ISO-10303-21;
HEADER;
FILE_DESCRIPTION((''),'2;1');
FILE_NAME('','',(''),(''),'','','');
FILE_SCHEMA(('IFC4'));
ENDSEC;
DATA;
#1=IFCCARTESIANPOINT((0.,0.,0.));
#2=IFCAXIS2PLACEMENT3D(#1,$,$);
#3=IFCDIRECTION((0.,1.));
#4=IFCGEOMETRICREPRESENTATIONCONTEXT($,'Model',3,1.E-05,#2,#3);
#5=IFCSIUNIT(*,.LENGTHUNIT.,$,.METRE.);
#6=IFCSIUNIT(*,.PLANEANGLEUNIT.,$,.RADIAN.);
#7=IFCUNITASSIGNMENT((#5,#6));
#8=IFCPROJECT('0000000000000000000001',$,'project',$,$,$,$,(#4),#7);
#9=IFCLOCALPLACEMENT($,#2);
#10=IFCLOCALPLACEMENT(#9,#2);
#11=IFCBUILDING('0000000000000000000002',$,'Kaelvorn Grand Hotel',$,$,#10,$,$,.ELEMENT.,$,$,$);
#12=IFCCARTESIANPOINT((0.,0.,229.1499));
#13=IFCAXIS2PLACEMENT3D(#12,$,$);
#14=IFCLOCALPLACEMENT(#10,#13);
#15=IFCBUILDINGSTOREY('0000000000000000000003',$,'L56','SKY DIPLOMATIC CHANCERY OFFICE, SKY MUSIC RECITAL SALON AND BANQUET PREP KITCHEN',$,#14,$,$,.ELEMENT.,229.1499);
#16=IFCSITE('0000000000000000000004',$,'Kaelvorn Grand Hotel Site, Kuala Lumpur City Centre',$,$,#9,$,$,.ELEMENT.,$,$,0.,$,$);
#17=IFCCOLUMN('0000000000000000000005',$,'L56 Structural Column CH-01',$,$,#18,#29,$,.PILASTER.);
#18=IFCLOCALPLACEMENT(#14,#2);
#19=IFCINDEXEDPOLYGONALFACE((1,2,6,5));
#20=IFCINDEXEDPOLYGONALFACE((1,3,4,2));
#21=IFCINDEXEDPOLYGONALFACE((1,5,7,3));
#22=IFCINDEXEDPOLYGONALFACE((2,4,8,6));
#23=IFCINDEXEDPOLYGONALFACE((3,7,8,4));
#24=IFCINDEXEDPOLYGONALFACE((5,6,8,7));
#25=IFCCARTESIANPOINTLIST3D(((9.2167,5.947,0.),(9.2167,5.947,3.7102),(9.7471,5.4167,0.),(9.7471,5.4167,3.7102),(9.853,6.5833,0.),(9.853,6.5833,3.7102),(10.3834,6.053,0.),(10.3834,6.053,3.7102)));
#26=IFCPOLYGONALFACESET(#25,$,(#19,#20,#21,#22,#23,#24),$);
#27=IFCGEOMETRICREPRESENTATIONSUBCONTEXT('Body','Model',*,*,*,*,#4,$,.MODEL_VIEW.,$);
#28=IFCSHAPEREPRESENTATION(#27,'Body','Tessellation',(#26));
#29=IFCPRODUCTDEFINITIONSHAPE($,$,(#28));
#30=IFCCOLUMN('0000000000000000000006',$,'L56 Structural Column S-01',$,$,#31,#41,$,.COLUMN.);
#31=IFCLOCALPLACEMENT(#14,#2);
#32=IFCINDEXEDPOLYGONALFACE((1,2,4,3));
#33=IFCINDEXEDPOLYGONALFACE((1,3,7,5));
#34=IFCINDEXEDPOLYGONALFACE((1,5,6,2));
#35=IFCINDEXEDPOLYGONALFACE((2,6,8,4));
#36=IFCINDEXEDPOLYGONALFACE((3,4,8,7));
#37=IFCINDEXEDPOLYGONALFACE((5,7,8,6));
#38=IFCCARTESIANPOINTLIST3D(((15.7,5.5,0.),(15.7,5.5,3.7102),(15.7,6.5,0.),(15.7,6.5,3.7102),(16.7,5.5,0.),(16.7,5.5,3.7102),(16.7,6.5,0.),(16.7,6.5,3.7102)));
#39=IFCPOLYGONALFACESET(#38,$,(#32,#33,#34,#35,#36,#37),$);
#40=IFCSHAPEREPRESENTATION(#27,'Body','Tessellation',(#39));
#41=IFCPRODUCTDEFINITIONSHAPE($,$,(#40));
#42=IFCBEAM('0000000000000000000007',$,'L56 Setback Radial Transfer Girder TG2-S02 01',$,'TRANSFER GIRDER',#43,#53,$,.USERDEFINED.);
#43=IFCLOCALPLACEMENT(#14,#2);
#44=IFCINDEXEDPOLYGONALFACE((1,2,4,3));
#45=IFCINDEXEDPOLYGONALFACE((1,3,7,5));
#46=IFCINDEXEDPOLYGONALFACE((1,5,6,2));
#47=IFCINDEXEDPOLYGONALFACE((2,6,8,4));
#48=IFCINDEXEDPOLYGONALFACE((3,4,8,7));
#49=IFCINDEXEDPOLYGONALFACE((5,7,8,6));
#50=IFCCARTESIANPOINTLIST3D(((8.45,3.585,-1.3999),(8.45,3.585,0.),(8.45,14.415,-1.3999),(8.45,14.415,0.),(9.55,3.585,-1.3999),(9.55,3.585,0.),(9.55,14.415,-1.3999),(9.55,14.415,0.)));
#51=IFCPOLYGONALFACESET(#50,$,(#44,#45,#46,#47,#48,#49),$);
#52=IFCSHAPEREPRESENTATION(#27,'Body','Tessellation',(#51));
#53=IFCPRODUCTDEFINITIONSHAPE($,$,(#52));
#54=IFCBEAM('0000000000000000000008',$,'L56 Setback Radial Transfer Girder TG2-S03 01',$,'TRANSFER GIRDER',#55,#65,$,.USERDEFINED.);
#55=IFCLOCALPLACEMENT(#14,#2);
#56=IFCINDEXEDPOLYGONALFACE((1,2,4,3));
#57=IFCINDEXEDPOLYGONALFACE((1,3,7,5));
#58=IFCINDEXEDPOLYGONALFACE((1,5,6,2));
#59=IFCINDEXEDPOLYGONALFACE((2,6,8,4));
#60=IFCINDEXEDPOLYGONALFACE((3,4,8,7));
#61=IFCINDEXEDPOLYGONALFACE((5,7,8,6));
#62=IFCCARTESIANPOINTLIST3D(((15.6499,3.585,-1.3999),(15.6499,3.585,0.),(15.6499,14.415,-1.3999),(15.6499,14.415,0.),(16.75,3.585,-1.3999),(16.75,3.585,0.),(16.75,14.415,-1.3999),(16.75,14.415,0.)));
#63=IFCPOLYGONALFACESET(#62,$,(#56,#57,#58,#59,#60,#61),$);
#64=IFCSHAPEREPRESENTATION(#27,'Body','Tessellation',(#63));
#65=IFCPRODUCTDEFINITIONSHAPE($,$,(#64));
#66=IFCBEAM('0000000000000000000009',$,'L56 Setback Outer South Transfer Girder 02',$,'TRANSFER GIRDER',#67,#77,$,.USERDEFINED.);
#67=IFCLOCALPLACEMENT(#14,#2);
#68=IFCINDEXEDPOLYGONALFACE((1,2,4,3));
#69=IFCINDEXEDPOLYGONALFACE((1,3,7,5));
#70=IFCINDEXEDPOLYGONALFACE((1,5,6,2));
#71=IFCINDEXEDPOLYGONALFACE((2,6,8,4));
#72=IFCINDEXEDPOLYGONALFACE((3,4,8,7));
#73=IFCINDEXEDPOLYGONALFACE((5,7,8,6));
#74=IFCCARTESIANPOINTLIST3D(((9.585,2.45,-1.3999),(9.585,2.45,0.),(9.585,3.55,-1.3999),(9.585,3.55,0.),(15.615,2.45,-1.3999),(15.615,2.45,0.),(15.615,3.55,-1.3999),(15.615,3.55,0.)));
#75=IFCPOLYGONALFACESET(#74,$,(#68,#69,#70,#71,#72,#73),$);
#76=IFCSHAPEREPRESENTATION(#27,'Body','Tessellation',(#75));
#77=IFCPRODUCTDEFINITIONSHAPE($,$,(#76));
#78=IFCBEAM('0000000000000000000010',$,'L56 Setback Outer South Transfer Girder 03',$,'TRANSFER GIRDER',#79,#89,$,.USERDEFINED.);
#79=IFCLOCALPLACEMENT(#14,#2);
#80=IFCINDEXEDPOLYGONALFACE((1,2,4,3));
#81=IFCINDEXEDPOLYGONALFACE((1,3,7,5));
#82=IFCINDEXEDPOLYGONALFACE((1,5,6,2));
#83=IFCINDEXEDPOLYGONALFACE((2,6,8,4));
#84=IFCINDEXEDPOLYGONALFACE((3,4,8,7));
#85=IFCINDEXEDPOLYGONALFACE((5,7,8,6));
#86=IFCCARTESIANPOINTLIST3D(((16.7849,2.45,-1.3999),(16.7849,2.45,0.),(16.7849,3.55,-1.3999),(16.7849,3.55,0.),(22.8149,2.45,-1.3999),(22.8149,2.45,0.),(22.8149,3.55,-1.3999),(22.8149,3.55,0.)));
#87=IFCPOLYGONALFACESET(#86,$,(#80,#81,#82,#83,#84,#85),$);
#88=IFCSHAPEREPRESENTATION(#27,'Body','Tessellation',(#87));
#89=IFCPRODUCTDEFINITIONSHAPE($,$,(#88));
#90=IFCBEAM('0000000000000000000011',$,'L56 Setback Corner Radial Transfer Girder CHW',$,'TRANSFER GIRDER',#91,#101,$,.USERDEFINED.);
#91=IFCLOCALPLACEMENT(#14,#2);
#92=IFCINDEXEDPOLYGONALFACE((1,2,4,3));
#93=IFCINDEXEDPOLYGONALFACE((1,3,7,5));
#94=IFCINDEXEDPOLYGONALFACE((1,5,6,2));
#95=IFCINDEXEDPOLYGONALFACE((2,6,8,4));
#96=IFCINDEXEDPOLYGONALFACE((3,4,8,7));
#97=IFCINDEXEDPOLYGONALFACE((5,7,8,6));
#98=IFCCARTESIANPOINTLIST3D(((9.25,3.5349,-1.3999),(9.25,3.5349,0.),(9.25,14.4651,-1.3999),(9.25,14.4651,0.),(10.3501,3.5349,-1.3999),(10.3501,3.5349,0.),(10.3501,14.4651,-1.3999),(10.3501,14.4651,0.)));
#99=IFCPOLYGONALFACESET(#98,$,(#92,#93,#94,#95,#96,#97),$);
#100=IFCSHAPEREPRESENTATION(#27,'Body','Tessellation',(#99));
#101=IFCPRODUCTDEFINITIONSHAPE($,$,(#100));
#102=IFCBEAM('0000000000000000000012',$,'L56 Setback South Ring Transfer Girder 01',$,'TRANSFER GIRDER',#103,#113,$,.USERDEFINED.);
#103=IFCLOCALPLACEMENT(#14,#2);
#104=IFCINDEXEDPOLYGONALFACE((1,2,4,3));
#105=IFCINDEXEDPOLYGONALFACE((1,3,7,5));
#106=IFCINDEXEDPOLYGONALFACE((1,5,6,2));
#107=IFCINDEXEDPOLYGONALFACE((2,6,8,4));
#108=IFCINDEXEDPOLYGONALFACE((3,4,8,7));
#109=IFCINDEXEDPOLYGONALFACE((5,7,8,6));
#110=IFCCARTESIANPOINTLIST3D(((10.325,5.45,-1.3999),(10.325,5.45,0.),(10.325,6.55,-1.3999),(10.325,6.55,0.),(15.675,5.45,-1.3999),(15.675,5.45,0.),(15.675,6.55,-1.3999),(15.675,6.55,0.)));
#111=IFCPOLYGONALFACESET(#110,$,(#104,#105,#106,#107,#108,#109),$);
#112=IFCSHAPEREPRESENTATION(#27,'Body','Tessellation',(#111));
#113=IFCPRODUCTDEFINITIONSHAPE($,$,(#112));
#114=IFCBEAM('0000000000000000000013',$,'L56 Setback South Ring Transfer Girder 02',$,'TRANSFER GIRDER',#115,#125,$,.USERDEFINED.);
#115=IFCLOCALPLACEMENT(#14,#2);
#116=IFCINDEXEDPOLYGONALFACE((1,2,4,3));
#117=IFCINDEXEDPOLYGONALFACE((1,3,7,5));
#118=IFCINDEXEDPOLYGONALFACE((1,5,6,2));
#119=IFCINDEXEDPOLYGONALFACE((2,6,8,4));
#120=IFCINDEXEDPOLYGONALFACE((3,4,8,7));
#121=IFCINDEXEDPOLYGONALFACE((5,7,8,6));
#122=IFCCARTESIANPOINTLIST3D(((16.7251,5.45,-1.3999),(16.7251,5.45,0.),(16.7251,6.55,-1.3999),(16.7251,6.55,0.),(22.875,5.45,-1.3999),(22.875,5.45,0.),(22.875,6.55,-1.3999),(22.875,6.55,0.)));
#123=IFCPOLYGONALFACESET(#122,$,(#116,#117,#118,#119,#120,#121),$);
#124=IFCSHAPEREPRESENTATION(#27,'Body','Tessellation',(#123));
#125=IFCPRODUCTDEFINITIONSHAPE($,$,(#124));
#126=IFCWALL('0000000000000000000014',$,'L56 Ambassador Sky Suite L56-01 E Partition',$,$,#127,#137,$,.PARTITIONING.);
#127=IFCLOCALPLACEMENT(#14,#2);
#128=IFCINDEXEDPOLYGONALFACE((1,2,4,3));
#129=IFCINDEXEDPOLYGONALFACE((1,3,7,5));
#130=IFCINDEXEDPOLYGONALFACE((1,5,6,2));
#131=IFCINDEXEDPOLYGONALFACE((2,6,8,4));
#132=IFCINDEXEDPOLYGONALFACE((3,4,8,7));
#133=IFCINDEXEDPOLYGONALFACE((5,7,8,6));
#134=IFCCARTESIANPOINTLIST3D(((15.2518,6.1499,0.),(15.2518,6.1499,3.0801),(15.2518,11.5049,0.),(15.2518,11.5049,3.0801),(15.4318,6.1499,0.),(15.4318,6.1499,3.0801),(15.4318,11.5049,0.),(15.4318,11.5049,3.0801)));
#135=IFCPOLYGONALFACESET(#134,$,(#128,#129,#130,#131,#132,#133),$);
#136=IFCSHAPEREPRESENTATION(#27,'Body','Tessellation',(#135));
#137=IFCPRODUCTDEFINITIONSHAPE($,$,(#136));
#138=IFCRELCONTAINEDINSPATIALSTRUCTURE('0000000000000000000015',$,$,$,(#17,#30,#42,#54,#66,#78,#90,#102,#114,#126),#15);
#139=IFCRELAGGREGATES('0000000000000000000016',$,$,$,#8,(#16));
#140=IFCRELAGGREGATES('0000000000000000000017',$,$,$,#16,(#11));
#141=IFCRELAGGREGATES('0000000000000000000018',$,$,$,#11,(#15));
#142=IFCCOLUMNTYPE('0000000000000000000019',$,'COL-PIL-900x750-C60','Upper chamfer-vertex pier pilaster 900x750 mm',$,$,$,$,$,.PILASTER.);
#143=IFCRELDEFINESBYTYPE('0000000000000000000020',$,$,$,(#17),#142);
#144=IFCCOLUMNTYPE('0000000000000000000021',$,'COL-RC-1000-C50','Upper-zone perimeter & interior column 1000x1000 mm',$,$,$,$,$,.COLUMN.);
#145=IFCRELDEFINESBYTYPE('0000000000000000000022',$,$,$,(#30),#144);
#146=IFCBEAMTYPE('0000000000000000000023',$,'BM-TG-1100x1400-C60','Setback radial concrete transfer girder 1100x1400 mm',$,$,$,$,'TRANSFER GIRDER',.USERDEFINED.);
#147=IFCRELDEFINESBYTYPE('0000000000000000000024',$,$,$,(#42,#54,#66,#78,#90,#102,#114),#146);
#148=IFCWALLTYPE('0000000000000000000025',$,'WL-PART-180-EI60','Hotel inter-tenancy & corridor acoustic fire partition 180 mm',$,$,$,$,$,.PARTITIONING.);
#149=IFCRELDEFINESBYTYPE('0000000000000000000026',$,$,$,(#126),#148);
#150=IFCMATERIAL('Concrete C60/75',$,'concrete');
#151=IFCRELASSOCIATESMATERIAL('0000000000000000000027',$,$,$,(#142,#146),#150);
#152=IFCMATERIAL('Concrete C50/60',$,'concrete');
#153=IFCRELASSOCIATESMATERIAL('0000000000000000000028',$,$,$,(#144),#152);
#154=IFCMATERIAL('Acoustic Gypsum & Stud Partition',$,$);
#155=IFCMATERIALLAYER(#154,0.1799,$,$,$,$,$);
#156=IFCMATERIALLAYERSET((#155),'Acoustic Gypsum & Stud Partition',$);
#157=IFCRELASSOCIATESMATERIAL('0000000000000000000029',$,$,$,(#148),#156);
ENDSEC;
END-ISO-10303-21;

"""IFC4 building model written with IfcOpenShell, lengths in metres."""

from ifc_helpers import new_model, si_unit, direction, frame, frame_2d, origin, origin_2d, place, context, subcontext, project, spatial, rectangle, extrude, material, layer, layer_set, material_profile, profile_set, type_object, element, save


model = new_model("IFC4")

# Units and contexts
model_context = context("Model", 3, precision=1e-05, world=origin(), true_north=direction((0.0, 1.0)))
body_context = subcontext(model_context, "Body", "Model", "MODEL_VIEW")
ifc_project = project(units=[si_unit("LENGTHUNIT", "METRE"), si_unit("PLANEANGLEUNIT", "RADIAN")], contexts=[model_context])

# Site, building, storey
site_placement = place(None, origin())
site = spatial("IfcSite", under=ifc_project, at=site_placement, Name="Kaelvorn Grand Hotel Site, Kuala Lumpur City Centre", CompositionType="ELEMENT", RefElevation=0.0)
building_placement = place(site_placement, origin())
building = spatial("IfcBuilding", under=site, at=building_placement, Name="Kaelvorn Grand Hotel", CompositionType="ELEMENT")
storey_placement = place(building_placement, frame((0.0, 0.0, 229.1499)))
storey = spatial("IfcBuildingStorey", under=building, at=storey_placement, Name="L56", Description="SKY DIPLOMATIC CHANCERY OFFICE, SKY MUSIC RECITAL SALON AND BANQUET PREP KITCHEN", CompositionType="ELEMENT", Elevation=229.1499)

# Columns
ifc_material_1 = material(Name="Concrete C60/75", Category="concrete")
ifc_material_profile_1 = material_profile(ifc_material_1, rectangle(XDim=0.8999, YDim=0.75, at=origin_2d()), Name="RC PILASTER 900x750")
ifc_profile_set_1 = profile_set([ifc_material_profile_1], Name="Concrete C60/75")
column_type_1 = type_object("IfcColumnType", Name="COL-PIL-900x750-C60", Description="Upper chamfer-vertex pier pilaster 900x750 mm", PredefinedType="PILASTER", material=ifc_profile_set_1)
column_1_placement = place(storey_placement, frame((9.8, 6.0, 0.0), z_axis=(0.0, 0.0, 1.0), x_axis=(0.707107, 0.707107, 0.0)))
element("IfcColumn", 1, at=column_1_placement, inside=storey, type_object=column_type_1, Name="L56 Structural Column CH-01", PredefinedType="PILASTER", context=body_context, shape_type="SweptSolid", body=[
    extrude(rectangle(XDim=0.8999, YDim=0.75, at=origin_2d()), origin(), (0.0, 0.0, 1.0), 3.7102),
])
ifc_material_2 = material(Name="Concrete C50/60", Category="concrete")
ifc_material_profile_2 = material_profile(ifc_material_2, rectangle(XDim=1.0, YDim=1.0, at=origin_2d()), Name="RC COL 1000x1000")
ifc_profile_set_2 = profile_set([ifc_material_profile_2], Name="Concrete C50/60")
column_type_2 = type_object("IfcColumnType", Name="COL-RC-1000-C50", Description="Upper-zone perimeter & interior column 1000x1000 mm", PredefinedType="COLUMN", material=ifc_profile_set_2)
column_2_placement = place(storey_placement, frame((16.2, 6.0, 0.0), z_axis=(0.0, 0.0, 1.0), x_axis=(1.0, 0.0, 0.0)))
element("IfcColumn", 2, at=column_2_placement, inside=storey, type_object=column_type_2, Name="L56 Structural Column S-01", PredefinedType="COLUMN", context=body_context, shape_type="SweptSolid", body=[
    extrude(rectangle(XDim=1.0, YDim=1.0, at=origin_2d()), origin(), (0.0, 0.0, 1.0), 3.7102),
])

# Beams
ifc_material_profile_3 = material_profile(ifc_material_1, rectangle(XDim=1.1001, YDim=1.3999, at=origin_2d()), Name="RC TG 1100x1400")
ifc_profile_set_3 = profile_set([ifc_material_profile_3], Name="Concrete C60/75")
beam_type = type_object("IfcBeamType", Name="BM-TG-1100x1400-C60", Description="Setback radial concrete transfer girder 1100x1400 mm", ElementType="TRANSFER GIRDER", PredefinedType="USERDEFINED", material=ifc_profile_set_3)
for number, where, z_axis, x_axis, name in (
    (3, (9.0, 3.585, -0.7), (0.0, 1.0, 0.0), (-1.0, 0.0, 0.0), "L56 Setback Radial Transfer Girder TG2-S02 01"),
    (4, (16.2, 3.585, -0.7), (0.0, 1.0, 0.0), (-1.0, 0.0, 0.0), "L56 Setback Radial Transfer Girder TG2-S03 01"),
):
    element("IfcBeam", number, at=place(storey_placement, frame(where, z_axis=z_axis, x_axis=x_axis)), inside=storey, type_object=beam_type, Name=name, ObjectType="TRANSFER GIRDER", PredefinedType="USERDEFINED", context=body_context, shape_type="SweptSolid", body=[
        extrude(rectangle(XDim=1.1001, YDim=1.3999, at=origin_2d()), origin(), (0.0, 0.0, 1.0), 10.8301),
    ])
for number, where, z_axis, x_axis, name in (
    (5, (9.585, 3.0, -0.7), (1.0, 0.0, 0.0), (0.0, 1.0, 0.0), "L56 Setback Outer South Transfer Girder 02"),
    (6, (16.7849, 3.0, -0.7), (1.0, 0.0, 0.0), (0.0, 1.0, 0.0), "L56 Setback Outer South Transfer Girder 03"),
):
    element("IfcBeam", number, at=place(storey_placement, frame(where, z_axis=z_axis, x_axis=x_axis)), inside=storey, type_object=beam_type, Name=name, ObjectType="TRANSFER GIRDER", PredefinedType="USERDEFINED", context=body_context, shape_type="SweptSolid", body=[
        extrude(rectangle(XDim=1.1001, YDim=1.3999, at=origin_2d()), origin(), (0.0, 0.0, 1.0), 6.03),
    ])
beam_1_placement = place(storey_placement, frame((9.8, 3.5349, -0.7), z_axis=(0.0, 1.0, 0.0), x_axis=(-1.0, 0.0, 0.0)))
element("IfcBeam", 7, at=beam_1_placement, inside=storey, type_object=beam_type, Name="L56 Setback Corner Radial Transfer Girder CHW", ObjectType="TRANSFER GIRDER", PredefinedType="USERDEFINED", context=body_context, shape_type="SweptSolid", body=[
    extrude(rectangle(XDim=1.1001, YDim=1.3999, at=origin_2d()), origin(), (0.0, 0.0, 1.0), 10.9302),
])
beam_2_placement = place(storey_placement, frame((10.325, 6.0, -0.7), z_axis=(1.0, 0.0, 0.0), x_axis=(0.0, 1.0, 0.0)))
element("IfcBeam", 8, at=beam_2_placement, inside=storey, type_object=beam_type, Name="L56 Setback South Ring Transfer Girder 01", ObjectType="TRANSFER GIRDER", PredefinedType="USERDEFINED", context=body_context, shape_type="SweptSolid", body=[
    extrude(rectangle(XDim=1.1001, YDim=1.3999, at=origin_2d()), origin(), (0.0, 0.0, 1.0), 5.3501),
])
beam_3_placement = place(storey_placement, frame((16.7251, 6.0, -0.7), z_axis=(1.0, 0.0, 0.0), x_axis=(0.0, 1.0, 0.0)))
element("IfcBeam", 9, at=beam_3_placement, inside=storey, type_object=beam_type, Name="L56 Setback South Ring Transfer Girder 02", ObjectType="TRANSFER GIRDER", PredefinedType="USERDEFINED", context=body_context, shape_type="SweptSolid", body=[
    extrude(rectangle(XDim=1.1001, YDim=1.3999, at=origin_2d()), origin(), (0.0, 0.0, 1.0), 6.1499),
])

# Wall
ifc_material_3 = material(Name="Acoustic Gypsum & Stud Partition")
ifc_layer_1 = layer(ifc_material_3, 0.1799)
ifc_layer_set_1 = layer_set([ifc_layer_1], Name="Acoustic Gypsum & Stud Partition")
wall_type_1 = type_object("IfcWallType", Name="WL-PART-180-EI60", Description="Hotel inter-tenancy & corridor acoustic fire partition 180 mm", PredefinedType="PARTITIONING", material=ifc_layer_set_1)
wall_1_placement = place(storey_placement, frame((15.3418, 6.1499, 0.0), z_axis=(0.0, 0.0, 1.0), x_axis=(0.0, 1.0, 0.0)))
element("IfcWall", 10, at=wall_1_placement, inside=storey, type_object=wall_type_1, Name="L56 Ambassador Sky Suite L56-01 E Partition", PredefinedType="PARTITIONING", context=body_context, shape_type="SweptSolid", body=[
    extrude(rectangle(XDim=5.355, YDim=0.1799, at=frame_2d((2.6775, 0.0))), origin(), (0.0, 0.0, 1.0), 3.0801),
])

save(model, "model.ifc")
